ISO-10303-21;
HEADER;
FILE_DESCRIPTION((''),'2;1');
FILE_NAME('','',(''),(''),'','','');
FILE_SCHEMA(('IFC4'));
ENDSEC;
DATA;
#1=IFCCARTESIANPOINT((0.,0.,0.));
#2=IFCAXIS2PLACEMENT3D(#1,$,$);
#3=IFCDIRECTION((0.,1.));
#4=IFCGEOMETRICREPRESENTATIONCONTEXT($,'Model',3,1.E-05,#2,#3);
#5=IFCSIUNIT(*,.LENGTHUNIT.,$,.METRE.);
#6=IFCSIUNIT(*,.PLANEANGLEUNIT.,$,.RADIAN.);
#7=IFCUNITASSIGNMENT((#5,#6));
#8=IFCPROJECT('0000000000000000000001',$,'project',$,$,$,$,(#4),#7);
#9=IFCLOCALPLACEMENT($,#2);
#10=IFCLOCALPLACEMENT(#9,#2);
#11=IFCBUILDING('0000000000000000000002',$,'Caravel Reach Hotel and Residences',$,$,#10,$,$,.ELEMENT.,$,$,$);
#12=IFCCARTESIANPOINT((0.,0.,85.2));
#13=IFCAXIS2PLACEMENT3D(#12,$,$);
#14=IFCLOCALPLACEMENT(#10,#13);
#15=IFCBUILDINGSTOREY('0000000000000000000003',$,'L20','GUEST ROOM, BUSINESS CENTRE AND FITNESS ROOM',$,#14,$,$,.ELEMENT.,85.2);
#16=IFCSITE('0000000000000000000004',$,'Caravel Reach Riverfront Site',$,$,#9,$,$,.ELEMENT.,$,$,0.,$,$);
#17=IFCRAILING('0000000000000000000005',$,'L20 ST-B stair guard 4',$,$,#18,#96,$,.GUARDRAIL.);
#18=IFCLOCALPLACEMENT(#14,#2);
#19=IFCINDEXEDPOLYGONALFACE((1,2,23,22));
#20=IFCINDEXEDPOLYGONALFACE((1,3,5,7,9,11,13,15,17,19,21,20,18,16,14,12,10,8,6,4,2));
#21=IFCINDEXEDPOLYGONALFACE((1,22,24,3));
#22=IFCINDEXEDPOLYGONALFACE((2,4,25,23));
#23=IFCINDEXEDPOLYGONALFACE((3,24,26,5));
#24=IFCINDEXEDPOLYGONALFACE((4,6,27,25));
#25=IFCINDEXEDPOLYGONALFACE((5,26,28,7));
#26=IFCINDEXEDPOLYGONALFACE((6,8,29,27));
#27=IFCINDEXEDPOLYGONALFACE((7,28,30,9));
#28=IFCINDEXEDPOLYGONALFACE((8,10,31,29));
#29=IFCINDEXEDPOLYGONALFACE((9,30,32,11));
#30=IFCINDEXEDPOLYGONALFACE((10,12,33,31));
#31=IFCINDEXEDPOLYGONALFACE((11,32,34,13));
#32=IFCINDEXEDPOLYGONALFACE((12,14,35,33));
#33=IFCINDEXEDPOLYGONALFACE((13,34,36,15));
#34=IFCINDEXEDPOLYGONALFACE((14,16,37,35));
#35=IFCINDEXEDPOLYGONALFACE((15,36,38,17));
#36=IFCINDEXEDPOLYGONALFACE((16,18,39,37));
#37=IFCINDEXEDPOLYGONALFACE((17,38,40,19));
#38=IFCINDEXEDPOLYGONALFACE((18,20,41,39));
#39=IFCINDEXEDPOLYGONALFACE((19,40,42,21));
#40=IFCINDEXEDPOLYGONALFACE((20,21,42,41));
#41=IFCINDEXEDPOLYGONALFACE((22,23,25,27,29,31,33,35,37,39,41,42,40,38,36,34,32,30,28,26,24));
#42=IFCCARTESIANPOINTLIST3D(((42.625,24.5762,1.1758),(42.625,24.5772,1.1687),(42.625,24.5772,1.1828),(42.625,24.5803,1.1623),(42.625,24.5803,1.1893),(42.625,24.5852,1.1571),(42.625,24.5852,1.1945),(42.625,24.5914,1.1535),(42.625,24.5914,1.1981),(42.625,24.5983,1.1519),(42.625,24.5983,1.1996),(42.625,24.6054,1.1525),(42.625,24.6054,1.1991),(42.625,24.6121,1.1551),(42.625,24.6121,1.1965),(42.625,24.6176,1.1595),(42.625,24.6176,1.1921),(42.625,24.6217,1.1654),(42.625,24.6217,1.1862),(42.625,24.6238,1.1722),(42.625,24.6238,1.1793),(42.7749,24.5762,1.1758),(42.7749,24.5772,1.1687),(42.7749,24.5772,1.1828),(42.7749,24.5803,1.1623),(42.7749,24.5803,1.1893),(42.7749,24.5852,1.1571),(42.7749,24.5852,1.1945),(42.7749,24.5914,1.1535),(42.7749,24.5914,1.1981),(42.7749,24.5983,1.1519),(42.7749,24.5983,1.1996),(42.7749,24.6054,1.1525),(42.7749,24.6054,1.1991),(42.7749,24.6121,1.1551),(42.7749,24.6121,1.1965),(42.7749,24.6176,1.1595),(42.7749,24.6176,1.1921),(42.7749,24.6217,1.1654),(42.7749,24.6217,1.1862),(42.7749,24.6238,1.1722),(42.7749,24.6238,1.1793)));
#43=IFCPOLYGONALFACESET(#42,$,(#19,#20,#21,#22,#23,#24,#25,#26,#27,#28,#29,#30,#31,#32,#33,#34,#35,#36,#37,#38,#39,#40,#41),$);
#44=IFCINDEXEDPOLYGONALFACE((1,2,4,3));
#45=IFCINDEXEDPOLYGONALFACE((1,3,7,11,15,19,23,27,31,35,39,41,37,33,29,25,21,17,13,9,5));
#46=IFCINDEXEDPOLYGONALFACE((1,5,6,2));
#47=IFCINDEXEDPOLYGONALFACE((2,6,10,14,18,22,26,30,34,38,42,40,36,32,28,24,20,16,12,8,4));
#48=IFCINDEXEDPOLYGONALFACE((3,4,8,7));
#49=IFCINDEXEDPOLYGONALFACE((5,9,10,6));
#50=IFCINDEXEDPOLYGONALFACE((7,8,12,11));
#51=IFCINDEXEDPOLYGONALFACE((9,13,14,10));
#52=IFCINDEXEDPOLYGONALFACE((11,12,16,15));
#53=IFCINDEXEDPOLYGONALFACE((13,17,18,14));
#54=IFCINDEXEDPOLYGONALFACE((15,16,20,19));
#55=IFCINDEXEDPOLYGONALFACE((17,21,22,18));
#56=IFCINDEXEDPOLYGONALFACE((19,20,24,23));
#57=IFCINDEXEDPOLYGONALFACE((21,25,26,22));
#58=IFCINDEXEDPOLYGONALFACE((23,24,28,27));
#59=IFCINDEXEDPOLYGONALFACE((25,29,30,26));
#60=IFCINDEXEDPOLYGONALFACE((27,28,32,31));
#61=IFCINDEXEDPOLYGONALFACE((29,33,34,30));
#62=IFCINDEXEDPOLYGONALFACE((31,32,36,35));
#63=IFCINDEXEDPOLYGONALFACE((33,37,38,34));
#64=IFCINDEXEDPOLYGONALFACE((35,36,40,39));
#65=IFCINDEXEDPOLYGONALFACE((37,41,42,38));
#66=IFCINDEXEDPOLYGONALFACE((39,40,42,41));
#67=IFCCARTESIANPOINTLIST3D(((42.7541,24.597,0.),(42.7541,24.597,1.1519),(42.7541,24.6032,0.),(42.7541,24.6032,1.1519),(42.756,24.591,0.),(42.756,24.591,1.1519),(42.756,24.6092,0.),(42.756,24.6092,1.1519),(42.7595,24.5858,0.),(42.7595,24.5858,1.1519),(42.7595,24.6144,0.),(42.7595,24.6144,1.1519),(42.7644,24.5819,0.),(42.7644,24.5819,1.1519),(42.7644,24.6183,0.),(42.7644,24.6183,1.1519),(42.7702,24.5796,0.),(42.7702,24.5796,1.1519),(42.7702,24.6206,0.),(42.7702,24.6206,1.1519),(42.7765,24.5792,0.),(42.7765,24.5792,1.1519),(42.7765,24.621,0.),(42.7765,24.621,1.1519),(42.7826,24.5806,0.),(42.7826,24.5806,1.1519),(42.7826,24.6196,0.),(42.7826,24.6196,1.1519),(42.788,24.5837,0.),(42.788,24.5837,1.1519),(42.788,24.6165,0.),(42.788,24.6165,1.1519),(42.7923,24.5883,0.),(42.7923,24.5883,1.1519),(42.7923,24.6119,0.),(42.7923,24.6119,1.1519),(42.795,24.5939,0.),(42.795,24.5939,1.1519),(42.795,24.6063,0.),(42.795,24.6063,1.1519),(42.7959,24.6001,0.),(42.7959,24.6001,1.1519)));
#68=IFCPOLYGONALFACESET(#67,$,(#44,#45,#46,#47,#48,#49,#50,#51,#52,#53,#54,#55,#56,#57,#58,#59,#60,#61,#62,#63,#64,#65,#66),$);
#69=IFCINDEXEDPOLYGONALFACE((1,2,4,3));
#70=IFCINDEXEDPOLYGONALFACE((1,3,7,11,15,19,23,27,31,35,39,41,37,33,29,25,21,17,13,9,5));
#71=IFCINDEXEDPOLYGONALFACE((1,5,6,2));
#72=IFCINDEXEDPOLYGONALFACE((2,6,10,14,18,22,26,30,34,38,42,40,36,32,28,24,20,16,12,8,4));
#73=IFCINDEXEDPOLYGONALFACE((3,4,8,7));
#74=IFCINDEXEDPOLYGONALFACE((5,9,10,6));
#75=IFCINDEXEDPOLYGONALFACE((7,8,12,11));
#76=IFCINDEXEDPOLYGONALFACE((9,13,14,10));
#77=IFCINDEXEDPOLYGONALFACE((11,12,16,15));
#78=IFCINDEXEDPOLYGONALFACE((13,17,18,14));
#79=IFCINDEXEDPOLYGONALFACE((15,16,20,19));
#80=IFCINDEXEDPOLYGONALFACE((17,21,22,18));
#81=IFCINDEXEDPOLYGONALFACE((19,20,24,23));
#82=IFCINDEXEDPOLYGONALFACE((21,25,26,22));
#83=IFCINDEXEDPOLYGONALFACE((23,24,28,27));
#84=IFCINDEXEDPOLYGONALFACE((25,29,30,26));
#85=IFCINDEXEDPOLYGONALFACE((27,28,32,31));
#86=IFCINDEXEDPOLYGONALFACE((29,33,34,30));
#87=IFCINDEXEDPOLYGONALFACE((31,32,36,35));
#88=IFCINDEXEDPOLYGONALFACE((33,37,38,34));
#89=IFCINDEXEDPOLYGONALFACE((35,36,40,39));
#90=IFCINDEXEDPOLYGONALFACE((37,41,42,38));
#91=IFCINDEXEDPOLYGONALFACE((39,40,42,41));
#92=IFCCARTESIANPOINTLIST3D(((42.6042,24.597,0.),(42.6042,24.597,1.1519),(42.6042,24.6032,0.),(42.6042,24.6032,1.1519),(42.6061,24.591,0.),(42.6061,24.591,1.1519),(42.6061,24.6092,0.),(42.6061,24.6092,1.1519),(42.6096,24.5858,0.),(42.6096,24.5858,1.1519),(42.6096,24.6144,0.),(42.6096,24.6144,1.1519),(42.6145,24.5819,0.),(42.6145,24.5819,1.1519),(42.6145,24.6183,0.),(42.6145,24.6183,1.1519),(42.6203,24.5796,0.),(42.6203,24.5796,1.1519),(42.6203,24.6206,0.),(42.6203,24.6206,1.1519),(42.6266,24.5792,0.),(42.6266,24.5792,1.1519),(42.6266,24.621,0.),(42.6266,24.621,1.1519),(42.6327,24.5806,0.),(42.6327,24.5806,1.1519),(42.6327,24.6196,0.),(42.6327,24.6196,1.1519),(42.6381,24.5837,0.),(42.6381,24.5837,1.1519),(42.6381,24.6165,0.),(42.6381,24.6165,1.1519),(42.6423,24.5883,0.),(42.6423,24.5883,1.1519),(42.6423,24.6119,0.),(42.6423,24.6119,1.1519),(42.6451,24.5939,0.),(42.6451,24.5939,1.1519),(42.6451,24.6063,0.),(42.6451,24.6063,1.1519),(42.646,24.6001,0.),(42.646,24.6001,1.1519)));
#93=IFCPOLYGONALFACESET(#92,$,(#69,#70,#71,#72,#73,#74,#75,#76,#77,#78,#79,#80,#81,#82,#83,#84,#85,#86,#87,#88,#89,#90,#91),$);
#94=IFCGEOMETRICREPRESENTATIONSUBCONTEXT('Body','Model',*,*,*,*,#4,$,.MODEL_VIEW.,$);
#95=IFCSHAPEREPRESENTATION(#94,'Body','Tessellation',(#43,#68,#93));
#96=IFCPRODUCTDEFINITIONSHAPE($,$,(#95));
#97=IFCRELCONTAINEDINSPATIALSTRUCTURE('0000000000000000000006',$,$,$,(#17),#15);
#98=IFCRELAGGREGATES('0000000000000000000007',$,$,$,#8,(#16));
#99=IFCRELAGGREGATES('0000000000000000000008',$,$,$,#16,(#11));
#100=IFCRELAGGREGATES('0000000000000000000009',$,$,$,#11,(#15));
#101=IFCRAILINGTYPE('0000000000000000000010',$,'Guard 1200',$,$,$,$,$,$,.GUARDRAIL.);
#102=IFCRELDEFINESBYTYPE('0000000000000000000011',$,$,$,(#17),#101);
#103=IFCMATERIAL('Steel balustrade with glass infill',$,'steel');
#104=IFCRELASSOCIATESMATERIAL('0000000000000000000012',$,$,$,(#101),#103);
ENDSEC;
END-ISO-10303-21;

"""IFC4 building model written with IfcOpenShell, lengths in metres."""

from ifc_helpers import new_model, si_unit, direction, frame, origin, origin_2d, place, context, subcontext, project, spatial, circle, extrude, material, type_object, element, save


model = new_model("IFC4")

# Units and contexts
model_context = context("Model", 3, precision=1e-05, world=origin(), true_north=direction((0.0, 1.0)))
body_context = subcontext(model_context, "Body", "Model", "MODEL_VIEW")
ifc_project = project(units=[si_unit("LENGTHUNIT", "METRE"), si_unit("PLANEANGLEUNIT", "RADIAN")], contexts=[model_context])

# Site, building, storey
site_placement = place(None, origin())
site = spatial("IfcSite", under=ifc_project, at=site_placement, Name="Caravel Reach Riverfront Site", CompositionType="ELEMENT", RefElevation=0.0)
building_placement = place(site_placement, origin())
building = spatial("IfcBuilding", under=site, at=building_placement, Name="Caravel Reach Hotel and Residences", CompositionType="ELEMENT")
storey_placement = place(building_placement, frame((0.0, 0.0, 85.2)))
storey = spatial("IfcBuildingStorey", under=building, at=storey_placement, Name="L20", Description="GUEST ROOM, BUSINESS CENTRE AND FITNESS ROOM", CompositionType="ELEMENT", Elevation=85.2)

# Railing
ifc_material_1 = material(Name="Steel balustrade with glass infill", Category="steel")
railing_type_1 = type_object("IfcRailingType", Name="Guard 1200", PredefinedType="GUARDRAIL", material=ifc_material_1)
railing_1_placement = place(storey_placement, frame((42.7749, 24.6001, 0.0)))
element("IfcRailing", 1, at=railing_1_placement, inside=storey, type_object=railing_type_1, Name="L20 ST-B stair guard 4", PredefinedType="GUARDRAIL", context=body_context, shape_type="SweptSolid", body=[
    extrude(circle(Radius=0.0239, at=origin_2d()), frame((0.0, 0.0, 1.1758), z_axis=(-1.0, 0.0, 0.0), x_axis=(0.0, -1.0, 0.0)), (0.0, 0.0, 1.0), 0.1499),
    extrude(circle(Radius=0.021, at=origin_2d()), origin(), (0.0, 0.0, 1.0), 1.1519),
    extrude(circle(Radius=0.021, at=origin_2d()), frame((-0.1499, 0.0, 0.0)), (0.0, 0.0, 1.0), 1.1519),
])

save(model, "model.ifc")
